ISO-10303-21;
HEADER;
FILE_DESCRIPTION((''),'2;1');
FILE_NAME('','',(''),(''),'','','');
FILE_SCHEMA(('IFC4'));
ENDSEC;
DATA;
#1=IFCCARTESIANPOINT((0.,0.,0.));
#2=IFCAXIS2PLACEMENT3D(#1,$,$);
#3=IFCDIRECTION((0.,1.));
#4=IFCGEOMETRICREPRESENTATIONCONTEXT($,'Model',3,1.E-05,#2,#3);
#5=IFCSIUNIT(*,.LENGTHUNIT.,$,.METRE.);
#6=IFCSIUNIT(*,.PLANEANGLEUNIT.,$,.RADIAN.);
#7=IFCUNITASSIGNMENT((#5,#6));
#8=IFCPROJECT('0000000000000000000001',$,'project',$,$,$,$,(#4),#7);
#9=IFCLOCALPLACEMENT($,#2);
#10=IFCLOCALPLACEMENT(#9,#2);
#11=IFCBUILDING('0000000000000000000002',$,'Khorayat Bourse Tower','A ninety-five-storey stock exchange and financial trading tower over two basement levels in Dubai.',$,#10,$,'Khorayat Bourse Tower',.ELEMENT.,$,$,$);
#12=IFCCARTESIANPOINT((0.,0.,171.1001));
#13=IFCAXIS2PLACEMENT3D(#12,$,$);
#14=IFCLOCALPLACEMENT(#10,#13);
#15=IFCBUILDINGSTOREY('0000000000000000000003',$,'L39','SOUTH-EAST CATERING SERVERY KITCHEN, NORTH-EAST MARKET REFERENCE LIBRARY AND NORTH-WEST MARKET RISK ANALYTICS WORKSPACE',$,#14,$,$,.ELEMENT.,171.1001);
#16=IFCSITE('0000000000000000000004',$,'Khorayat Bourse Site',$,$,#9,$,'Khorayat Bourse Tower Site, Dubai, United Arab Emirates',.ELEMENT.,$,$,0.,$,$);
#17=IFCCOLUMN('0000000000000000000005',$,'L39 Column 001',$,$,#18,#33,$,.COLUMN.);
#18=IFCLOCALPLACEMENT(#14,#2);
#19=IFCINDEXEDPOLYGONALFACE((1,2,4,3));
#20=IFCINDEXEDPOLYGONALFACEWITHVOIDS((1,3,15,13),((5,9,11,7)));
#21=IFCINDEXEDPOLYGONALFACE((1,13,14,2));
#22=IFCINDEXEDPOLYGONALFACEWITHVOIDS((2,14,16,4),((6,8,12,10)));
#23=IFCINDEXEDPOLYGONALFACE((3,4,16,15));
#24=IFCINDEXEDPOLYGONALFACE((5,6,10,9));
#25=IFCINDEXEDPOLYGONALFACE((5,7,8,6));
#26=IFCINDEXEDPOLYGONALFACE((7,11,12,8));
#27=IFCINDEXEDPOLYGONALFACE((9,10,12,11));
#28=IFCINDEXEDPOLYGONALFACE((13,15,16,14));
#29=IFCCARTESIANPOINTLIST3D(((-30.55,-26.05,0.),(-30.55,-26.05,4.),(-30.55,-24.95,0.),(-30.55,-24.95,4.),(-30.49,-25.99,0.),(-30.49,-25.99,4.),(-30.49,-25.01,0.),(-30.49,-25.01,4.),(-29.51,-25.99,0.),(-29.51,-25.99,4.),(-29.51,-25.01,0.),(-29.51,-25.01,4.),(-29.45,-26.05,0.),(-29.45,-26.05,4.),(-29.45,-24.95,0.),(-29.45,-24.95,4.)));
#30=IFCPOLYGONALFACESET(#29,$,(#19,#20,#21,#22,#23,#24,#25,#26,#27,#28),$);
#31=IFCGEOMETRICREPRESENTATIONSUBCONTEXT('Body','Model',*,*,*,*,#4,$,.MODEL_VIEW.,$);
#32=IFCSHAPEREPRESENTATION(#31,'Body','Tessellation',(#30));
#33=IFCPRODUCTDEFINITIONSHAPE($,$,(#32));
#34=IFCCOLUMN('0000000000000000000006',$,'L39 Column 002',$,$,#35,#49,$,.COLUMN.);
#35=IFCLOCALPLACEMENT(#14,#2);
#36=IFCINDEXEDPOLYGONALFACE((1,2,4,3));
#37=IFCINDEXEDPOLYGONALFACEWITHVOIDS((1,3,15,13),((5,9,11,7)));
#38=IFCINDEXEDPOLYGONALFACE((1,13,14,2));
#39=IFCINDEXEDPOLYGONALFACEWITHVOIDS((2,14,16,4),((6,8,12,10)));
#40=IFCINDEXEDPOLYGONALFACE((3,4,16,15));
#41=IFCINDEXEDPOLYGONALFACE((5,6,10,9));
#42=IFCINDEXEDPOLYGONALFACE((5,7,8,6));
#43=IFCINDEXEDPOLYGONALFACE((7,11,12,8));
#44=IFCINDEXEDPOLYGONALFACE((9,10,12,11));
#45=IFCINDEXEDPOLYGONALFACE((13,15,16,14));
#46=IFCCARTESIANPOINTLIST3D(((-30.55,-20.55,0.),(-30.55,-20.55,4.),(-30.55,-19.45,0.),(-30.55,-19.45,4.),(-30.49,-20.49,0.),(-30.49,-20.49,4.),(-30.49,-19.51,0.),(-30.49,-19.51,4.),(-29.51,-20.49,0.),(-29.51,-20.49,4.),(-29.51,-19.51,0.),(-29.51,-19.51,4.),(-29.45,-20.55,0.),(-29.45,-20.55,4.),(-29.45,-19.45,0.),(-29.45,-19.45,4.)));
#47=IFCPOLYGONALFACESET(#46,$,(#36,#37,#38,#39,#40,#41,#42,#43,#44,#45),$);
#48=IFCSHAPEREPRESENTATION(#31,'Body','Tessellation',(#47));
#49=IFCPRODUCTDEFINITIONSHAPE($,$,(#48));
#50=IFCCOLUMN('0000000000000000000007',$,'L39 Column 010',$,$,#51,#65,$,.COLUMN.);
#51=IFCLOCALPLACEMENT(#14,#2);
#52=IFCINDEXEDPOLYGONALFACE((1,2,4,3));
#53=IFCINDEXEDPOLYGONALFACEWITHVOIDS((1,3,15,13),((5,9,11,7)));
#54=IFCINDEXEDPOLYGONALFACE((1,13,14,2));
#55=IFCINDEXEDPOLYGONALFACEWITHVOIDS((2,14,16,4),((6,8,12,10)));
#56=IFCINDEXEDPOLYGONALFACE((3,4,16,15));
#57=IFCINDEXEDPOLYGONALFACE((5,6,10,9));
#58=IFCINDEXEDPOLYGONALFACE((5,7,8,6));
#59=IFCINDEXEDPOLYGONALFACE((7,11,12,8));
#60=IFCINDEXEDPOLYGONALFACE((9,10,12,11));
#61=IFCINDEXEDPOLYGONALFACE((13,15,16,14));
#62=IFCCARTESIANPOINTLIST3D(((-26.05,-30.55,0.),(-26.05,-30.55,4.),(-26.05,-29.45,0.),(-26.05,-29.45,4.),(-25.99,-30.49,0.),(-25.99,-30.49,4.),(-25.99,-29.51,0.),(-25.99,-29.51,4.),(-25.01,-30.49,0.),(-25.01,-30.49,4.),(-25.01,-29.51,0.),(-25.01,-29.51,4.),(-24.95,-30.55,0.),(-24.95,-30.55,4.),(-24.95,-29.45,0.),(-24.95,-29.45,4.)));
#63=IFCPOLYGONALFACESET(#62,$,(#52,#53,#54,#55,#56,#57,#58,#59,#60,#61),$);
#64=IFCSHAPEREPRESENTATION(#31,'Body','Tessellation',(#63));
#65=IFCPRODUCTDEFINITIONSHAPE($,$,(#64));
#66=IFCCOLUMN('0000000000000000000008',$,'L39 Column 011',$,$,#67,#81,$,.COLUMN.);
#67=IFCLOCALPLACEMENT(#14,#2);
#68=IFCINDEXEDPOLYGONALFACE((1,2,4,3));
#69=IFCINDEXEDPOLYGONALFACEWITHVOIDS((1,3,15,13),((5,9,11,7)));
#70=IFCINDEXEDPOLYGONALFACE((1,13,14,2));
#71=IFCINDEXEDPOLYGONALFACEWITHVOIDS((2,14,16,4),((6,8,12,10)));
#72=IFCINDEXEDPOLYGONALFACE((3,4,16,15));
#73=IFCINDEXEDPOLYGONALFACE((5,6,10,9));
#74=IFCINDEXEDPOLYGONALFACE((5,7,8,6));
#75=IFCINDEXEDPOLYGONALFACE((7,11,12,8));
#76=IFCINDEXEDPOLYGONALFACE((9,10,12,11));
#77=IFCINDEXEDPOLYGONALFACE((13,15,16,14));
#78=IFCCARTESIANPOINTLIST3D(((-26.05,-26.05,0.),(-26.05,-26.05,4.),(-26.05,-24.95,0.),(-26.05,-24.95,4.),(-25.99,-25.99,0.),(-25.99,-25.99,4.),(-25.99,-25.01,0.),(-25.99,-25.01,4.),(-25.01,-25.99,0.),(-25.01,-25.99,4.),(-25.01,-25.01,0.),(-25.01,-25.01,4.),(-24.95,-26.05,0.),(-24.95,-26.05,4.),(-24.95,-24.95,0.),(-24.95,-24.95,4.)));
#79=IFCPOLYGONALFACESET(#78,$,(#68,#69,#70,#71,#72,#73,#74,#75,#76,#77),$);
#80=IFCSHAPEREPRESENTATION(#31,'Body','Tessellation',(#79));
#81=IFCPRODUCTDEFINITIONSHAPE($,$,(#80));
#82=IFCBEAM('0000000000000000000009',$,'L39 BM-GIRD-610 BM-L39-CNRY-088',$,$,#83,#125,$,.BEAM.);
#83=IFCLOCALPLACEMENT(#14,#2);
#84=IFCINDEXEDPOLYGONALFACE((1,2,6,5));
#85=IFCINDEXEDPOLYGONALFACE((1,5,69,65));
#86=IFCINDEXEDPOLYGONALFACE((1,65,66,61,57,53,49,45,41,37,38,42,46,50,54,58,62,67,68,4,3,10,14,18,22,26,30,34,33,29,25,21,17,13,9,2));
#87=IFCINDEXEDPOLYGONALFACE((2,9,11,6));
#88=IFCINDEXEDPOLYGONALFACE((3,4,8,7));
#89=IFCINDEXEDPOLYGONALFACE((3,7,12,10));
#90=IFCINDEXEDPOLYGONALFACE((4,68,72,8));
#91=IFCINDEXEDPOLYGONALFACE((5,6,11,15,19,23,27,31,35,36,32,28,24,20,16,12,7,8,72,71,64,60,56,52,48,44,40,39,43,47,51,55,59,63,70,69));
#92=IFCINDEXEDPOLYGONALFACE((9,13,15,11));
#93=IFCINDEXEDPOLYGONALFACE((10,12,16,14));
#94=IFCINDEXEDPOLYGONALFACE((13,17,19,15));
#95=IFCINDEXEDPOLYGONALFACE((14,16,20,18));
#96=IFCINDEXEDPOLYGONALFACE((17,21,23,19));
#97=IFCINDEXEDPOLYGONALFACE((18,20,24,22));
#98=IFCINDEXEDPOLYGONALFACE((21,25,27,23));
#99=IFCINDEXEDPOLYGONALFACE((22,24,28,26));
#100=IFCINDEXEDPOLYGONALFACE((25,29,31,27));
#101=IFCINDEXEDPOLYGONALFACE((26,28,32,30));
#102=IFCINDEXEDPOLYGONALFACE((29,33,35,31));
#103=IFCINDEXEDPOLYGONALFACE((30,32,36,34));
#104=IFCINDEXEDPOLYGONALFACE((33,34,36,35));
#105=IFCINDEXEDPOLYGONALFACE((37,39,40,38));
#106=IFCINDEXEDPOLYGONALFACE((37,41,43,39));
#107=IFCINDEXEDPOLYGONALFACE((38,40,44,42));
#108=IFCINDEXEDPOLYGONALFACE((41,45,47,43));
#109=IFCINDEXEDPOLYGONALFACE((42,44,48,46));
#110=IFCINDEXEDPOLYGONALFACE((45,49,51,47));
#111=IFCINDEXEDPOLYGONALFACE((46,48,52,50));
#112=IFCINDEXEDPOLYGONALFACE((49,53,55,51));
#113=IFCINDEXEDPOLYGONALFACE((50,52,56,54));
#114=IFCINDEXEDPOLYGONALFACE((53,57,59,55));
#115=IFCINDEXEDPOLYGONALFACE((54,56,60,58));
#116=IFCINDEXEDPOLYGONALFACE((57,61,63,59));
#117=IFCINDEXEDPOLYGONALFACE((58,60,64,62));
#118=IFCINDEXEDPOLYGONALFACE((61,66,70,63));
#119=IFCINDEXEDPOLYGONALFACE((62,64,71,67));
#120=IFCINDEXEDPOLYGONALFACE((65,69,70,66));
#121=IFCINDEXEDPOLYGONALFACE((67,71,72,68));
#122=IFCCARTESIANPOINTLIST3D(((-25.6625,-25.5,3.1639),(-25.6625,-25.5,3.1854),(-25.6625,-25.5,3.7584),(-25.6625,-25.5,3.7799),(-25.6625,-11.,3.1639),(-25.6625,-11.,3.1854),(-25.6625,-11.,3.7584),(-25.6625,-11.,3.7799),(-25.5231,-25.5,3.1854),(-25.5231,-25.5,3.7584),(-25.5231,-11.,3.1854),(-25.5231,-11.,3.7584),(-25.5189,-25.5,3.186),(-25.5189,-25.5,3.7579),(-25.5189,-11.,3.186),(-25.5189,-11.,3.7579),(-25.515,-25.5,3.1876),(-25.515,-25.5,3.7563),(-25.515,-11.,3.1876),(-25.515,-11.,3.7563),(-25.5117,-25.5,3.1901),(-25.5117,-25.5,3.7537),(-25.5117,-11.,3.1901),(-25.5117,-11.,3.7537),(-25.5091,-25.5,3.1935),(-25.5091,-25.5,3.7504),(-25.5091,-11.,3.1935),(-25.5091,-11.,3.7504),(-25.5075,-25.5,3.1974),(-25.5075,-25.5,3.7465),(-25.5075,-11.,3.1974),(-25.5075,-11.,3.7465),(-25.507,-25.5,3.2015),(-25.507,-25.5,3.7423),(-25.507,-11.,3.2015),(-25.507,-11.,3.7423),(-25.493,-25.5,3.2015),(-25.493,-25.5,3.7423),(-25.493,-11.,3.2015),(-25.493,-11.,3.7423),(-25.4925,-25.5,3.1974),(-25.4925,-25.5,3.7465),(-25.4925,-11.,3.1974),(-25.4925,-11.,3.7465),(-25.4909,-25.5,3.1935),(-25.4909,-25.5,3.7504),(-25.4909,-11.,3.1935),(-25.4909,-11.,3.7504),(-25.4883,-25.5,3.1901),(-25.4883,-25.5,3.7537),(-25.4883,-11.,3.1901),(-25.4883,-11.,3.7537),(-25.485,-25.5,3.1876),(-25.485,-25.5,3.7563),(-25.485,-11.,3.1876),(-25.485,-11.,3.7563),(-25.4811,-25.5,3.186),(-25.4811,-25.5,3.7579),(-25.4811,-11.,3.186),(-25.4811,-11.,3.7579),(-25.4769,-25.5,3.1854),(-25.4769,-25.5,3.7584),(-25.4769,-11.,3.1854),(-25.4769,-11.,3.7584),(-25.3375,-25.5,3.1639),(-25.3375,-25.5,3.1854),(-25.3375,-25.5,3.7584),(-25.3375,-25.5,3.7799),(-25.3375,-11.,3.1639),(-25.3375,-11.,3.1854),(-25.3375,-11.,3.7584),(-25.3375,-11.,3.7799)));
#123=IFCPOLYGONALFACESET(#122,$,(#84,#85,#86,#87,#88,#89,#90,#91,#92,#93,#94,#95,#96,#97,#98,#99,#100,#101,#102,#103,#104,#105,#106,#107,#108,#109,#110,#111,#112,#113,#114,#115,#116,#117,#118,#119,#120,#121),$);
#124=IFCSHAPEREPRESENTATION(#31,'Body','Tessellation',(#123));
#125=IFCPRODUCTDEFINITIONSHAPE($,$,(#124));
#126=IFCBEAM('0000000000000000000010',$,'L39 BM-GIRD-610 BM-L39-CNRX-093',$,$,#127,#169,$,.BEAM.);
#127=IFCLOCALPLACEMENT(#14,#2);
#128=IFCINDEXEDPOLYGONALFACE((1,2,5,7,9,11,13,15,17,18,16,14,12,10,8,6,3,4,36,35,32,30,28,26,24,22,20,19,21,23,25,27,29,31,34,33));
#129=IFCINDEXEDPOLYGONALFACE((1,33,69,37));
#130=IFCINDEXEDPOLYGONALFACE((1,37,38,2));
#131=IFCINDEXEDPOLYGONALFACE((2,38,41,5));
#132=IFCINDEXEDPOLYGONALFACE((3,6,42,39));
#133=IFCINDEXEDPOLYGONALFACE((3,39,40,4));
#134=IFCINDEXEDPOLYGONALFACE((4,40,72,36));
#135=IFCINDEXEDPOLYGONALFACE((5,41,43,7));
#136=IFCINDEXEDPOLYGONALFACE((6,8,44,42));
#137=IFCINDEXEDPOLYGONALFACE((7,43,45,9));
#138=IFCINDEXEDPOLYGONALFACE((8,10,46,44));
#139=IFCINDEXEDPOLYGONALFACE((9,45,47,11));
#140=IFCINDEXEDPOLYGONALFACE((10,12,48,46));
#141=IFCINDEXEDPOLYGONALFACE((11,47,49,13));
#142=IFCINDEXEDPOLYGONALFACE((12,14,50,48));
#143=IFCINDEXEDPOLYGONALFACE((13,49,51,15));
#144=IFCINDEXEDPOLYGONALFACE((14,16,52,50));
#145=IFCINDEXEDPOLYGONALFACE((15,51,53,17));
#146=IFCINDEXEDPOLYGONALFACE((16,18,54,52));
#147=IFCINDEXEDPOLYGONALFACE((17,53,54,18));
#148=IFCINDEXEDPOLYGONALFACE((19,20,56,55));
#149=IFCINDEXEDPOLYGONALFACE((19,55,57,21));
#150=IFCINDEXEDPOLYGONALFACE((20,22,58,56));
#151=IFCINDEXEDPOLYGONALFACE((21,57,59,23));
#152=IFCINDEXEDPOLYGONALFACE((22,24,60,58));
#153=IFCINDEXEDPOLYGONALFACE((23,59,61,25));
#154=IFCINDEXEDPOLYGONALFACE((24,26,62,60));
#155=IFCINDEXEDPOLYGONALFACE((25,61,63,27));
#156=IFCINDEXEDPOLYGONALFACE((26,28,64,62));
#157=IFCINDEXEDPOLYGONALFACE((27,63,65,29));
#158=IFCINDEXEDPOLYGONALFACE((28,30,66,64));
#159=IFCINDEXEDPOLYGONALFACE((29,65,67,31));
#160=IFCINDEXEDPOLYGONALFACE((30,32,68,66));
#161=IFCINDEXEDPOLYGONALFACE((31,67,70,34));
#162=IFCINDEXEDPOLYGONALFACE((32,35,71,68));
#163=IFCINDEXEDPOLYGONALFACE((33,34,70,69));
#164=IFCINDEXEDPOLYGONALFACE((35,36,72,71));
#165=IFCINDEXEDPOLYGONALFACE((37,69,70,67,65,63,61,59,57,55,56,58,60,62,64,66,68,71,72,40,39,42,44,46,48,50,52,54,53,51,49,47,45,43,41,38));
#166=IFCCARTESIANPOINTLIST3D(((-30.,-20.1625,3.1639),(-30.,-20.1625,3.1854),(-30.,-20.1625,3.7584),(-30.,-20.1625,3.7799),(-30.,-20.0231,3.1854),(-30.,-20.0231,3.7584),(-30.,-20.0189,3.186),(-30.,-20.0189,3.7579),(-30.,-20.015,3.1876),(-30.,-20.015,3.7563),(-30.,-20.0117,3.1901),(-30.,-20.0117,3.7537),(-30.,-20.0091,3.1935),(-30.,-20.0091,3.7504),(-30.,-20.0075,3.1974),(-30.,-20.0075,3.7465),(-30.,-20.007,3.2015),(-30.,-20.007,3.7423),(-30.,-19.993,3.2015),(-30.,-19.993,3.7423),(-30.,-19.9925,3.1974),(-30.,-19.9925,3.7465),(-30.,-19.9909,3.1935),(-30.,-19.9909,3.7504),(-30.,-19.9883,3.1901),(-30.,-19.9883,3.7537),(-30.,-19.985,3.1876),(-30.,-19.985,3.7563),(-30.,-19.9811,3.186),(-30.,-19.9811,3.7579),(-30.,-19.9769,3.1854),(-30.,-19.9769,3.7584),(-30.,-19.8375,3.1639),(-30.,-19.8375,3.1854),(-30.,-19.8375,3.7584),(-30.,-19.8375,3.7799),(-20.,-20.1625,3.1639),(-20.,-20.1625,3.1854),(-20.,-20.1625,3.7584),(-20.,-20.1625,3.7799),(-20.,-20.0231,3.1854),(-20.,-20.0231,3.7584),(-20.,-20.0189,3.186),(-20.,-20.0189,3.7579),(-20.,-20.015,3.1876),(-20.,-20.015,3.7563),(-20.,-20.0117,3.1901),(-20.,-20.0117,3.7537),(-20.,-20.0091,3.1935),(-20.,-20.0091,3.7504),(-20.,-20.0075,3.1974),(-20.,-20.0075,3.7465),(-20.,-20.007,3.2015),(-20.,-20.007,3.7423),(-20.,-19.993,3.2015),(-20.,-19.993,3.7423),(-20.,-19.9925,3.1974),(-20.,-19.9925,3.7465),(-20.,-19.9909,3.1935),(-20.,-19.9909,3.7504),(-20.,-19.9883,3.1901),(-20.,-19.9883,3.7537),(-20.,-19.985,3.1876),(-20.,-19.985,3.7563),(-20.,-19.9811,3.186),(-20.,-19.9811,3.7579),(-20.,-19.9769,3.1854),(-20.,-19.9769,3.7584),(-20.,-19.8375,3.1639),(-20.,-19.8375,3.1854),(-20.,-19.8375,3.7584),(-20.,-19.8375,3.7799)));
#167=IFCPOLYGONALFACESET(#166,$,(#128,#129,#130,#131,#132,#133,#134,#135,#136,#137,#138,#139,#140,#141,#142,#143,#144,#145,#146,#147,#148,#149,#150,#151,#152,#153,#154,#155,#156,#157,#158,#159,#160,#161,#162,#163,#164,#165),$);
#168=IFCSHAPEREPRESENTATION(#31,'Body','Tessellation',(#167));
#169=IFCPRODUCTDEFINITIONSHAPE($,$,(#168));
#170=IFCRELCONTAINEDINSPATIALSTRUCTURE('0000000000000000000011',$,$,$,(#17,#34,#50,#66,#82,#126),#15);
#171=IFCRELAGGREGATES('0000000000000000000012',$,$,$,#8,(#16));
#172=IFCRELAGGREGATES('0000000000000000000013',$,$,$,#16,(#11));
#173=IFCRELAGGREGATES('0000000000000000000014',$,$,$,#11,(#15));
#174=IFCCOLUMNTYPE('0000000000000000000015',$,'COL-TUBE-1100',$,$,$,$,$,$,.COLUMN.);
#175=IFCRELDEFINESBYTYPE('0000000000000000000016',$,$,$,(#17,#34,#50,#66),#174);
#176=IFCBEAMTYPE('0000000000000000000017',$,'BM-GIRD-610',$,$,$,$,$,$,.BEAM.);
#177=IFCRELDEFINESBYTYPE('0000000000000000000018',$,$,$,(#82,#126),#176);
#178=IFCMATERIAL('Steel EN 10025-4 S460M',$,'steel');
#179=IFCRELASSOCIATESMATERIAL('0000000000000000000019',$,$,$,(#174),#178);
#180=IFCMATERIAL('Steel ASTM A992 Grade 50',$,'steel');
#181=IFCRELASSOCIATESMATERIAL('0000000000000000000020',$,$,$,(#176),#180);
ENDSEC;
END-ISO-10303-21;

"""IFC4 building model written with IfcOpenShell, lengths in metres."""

from ifc_helpers import new_model, si_unit, direction, frame, origin, origin_2d, place, context, subcontext, project, spatial, hollow_rectangle, i_section, extrude, source, transform, mapped, material, material_profile, profile_set, type_object, element, save


model = new_model("IFC4")

# Units and contexts
model_context = context("Model", 3, precision=1e-05, world=origin(), true_north=direction((0.0, 1.0)))
body_context = subcontext(model_context, "Body", "Model", "MODEL_VIEW")
ifc_project = project(units=[si_unit("LENGTHUNIT", "METRE"), si_unit("PLANEANGLEUNIT", "RADIAN")], contexts=[model_context])

# Site, building, storey
site_placement = place(None, origin())
site = spatial("IfcSite", under=ifc_project, at=site_placement, Name="Khorayat Bourse Site", LongName="Khorayat Bourse Tower Site, Dubai, United Arab Emirates", CompositionType="ELEMENT", RefElevation=0.0)
building_placement = place(site_placement, origin())
building = spatial("IfcBuilding", under=site, at=building_placement, Name="Khorayat Bourse Tower", Description="A ninety-five-storey stock exchange and financial trading tower over two basement levels in Dubai.", LongName="Khorayat Bourse Tower", CompositionType="ELEMENT")
storey_placement = place(building_placement, frame((0.0, 0.0, 171.1001)))
storey = spatial("IfcBuildingStorey", under=building, at=storey_placement, Name="L39", Description="SOUTH-EAST CATERING SERVERY KITCHEN, NORTH-EAST MARKET REFERENCE LIBRARY AND NORTH-WEST MARKET RISK ANALYTICS WORKSPACE", CompositionType="ELEMENT", Elevation=171.1001)

# Columns
ifc_material_1 = material(Name="Steel EN 10025-4 S460M", Category="steel")
ifc_material_profile_1 = material_profile(ifc_material_1, hollow_rectangle(XDim=1.1001, YDim=1.1001, WallThickness=0.0601, at=origin_2d()), Name="BOX 1100x1100x60")
ifc_profile_set_1 = profile_set([ifc_material_profile_1], Name="Steel EN 10025-4 S460M")
column_type = type_object("IfcColumnType", Name="COL-TUBE-1100", PredefinedType="COLUMN", material=ifc_profile_set_1)
shared_shape_1 = source(origin(), body_context, "Body", "SweptSolid", [
    extrude(hollow_rectangle(XDim=1.1001, YDim=1.1001, WallThickness=0.0601, at=origin_2d()), origin(), (0.0, 0.0, 1.0), 4.0),
])
for number, where, z_axis, x_axis, name in (
    (1, (-30.0, -25.5, 0.0), (0.0, 0.0, 1.0), (1.0, 0.0, 0.0), "L39 Column 001"),
    (2, (-30.0, -20.0, 0.0), (0.0, 0.0, 1.0), (1.0, 0.0, 0.0), "L39 Column 002"),
    (3, (-25.5, -30.0, 0.0), (0.0, 0.0, 1.0), (1.0, 0.0, 0.0), "L39 Column 010"),
    (4, (-25.5, -25.5, 0.0), (0.0, 0.0, 1.0), (1.0, 0.0, 0.0), "L39 Column 011"),
):
    element("IfcColumn", number, at=place(storey_placement, frame(where, z_axis=z_axis, x_axis=x_axis)), inside=storey, type_object=column_type, Name=name, PredefinedType="COLUMN", context=body_context, shape_type="MappedRepresentation", body=[
        mapped(shared_shape_1, transform((0.0, 0.0, 0.0), scale=1.0)),
    ])

# Beams
ifc_material_2 = material(Name="Steel ASTM A992 Grade 50", Category="steel")
ifc_material_profile_2 = material_profile(ifc_material_2, i_section(OverallWidth=0.325, OverallDepth=0.616, WebThickness=0.0139, FlangeThickness=0.0215, FilletRadius=0.0161, at=origin_2d()), Name="W610X174")
ifc_profile_set_2 = profile_set([ifc_material_profile_2], Name="Steel ASTM A992 Grade 50")
beam_type_1 = type_object("IfcBeamType", Name="BM-GIRD-610", PredefinedType="BEAM", material=ifc_profile_set_2)
shared_shape_2 = source(origin(), body_context, "Body", "SweptSolid", [
    extrude(i_section(OverallWidth=0.325, OverallDepth=0.616, WebThickness=0.0139, FlangeThickness=0.0215, FilletRadius=0.0161, at=origin_2d()), origin(), (0.0, 0.0, 1.0), 14.5),
])
beam_1_placement = place(storey_placement, frame((-25.5, -25.5, 3.4719), z_axis=(0.0, 1.0, 0.0), x_axis=(-1.0, 0.0, 0.0)))
element("IfcBeam", 5, at=beam_1_placement, inside=storey, type_object=beam_type_1, Name="L39 BM-GIRD-610 BM-L39-CNRY-088", PredefinedType="BEAM", context=body_context, shape_type="MappedRepresentation", body=[
    mapped(shared_shape_2, transform((0.0, 0.0, 0.0), scale=1.0)),
])
shared_shape_3 = source(origin(), body_context, "Body", "SweptSolid", [
    extrude(i_section(OverallWidth=0.325, OverallDepth=0.616, WebThickness=0.0139, FlangeThickness=0.0215, FilletRadius=0.0161, at=origin_2d()), origin(), (0.0, 0.0, 1.0), 10.0),
])
beam_2_placement = place(storey_placement, frame((-30.0, -20.0, 3.4719), z_axis=(1.0, 0.0, 0.0), x_axis=(0.0, 1.0, 0.0)))
element("IfcBeam", 6, at=beam_2_placement, inside=storey, type_object=beam_type_1, Name="L39 BM-GIRD-610 BM-L39-CNRX-093", PredefinedType="BEAM", context=body_context, shape_type="MappedRepresentation", body=[
    mapped(shared_shape_3, transform((0.0, 0.0, 0.0), scale=1.0)),
])

save(model, "model.ifc")
